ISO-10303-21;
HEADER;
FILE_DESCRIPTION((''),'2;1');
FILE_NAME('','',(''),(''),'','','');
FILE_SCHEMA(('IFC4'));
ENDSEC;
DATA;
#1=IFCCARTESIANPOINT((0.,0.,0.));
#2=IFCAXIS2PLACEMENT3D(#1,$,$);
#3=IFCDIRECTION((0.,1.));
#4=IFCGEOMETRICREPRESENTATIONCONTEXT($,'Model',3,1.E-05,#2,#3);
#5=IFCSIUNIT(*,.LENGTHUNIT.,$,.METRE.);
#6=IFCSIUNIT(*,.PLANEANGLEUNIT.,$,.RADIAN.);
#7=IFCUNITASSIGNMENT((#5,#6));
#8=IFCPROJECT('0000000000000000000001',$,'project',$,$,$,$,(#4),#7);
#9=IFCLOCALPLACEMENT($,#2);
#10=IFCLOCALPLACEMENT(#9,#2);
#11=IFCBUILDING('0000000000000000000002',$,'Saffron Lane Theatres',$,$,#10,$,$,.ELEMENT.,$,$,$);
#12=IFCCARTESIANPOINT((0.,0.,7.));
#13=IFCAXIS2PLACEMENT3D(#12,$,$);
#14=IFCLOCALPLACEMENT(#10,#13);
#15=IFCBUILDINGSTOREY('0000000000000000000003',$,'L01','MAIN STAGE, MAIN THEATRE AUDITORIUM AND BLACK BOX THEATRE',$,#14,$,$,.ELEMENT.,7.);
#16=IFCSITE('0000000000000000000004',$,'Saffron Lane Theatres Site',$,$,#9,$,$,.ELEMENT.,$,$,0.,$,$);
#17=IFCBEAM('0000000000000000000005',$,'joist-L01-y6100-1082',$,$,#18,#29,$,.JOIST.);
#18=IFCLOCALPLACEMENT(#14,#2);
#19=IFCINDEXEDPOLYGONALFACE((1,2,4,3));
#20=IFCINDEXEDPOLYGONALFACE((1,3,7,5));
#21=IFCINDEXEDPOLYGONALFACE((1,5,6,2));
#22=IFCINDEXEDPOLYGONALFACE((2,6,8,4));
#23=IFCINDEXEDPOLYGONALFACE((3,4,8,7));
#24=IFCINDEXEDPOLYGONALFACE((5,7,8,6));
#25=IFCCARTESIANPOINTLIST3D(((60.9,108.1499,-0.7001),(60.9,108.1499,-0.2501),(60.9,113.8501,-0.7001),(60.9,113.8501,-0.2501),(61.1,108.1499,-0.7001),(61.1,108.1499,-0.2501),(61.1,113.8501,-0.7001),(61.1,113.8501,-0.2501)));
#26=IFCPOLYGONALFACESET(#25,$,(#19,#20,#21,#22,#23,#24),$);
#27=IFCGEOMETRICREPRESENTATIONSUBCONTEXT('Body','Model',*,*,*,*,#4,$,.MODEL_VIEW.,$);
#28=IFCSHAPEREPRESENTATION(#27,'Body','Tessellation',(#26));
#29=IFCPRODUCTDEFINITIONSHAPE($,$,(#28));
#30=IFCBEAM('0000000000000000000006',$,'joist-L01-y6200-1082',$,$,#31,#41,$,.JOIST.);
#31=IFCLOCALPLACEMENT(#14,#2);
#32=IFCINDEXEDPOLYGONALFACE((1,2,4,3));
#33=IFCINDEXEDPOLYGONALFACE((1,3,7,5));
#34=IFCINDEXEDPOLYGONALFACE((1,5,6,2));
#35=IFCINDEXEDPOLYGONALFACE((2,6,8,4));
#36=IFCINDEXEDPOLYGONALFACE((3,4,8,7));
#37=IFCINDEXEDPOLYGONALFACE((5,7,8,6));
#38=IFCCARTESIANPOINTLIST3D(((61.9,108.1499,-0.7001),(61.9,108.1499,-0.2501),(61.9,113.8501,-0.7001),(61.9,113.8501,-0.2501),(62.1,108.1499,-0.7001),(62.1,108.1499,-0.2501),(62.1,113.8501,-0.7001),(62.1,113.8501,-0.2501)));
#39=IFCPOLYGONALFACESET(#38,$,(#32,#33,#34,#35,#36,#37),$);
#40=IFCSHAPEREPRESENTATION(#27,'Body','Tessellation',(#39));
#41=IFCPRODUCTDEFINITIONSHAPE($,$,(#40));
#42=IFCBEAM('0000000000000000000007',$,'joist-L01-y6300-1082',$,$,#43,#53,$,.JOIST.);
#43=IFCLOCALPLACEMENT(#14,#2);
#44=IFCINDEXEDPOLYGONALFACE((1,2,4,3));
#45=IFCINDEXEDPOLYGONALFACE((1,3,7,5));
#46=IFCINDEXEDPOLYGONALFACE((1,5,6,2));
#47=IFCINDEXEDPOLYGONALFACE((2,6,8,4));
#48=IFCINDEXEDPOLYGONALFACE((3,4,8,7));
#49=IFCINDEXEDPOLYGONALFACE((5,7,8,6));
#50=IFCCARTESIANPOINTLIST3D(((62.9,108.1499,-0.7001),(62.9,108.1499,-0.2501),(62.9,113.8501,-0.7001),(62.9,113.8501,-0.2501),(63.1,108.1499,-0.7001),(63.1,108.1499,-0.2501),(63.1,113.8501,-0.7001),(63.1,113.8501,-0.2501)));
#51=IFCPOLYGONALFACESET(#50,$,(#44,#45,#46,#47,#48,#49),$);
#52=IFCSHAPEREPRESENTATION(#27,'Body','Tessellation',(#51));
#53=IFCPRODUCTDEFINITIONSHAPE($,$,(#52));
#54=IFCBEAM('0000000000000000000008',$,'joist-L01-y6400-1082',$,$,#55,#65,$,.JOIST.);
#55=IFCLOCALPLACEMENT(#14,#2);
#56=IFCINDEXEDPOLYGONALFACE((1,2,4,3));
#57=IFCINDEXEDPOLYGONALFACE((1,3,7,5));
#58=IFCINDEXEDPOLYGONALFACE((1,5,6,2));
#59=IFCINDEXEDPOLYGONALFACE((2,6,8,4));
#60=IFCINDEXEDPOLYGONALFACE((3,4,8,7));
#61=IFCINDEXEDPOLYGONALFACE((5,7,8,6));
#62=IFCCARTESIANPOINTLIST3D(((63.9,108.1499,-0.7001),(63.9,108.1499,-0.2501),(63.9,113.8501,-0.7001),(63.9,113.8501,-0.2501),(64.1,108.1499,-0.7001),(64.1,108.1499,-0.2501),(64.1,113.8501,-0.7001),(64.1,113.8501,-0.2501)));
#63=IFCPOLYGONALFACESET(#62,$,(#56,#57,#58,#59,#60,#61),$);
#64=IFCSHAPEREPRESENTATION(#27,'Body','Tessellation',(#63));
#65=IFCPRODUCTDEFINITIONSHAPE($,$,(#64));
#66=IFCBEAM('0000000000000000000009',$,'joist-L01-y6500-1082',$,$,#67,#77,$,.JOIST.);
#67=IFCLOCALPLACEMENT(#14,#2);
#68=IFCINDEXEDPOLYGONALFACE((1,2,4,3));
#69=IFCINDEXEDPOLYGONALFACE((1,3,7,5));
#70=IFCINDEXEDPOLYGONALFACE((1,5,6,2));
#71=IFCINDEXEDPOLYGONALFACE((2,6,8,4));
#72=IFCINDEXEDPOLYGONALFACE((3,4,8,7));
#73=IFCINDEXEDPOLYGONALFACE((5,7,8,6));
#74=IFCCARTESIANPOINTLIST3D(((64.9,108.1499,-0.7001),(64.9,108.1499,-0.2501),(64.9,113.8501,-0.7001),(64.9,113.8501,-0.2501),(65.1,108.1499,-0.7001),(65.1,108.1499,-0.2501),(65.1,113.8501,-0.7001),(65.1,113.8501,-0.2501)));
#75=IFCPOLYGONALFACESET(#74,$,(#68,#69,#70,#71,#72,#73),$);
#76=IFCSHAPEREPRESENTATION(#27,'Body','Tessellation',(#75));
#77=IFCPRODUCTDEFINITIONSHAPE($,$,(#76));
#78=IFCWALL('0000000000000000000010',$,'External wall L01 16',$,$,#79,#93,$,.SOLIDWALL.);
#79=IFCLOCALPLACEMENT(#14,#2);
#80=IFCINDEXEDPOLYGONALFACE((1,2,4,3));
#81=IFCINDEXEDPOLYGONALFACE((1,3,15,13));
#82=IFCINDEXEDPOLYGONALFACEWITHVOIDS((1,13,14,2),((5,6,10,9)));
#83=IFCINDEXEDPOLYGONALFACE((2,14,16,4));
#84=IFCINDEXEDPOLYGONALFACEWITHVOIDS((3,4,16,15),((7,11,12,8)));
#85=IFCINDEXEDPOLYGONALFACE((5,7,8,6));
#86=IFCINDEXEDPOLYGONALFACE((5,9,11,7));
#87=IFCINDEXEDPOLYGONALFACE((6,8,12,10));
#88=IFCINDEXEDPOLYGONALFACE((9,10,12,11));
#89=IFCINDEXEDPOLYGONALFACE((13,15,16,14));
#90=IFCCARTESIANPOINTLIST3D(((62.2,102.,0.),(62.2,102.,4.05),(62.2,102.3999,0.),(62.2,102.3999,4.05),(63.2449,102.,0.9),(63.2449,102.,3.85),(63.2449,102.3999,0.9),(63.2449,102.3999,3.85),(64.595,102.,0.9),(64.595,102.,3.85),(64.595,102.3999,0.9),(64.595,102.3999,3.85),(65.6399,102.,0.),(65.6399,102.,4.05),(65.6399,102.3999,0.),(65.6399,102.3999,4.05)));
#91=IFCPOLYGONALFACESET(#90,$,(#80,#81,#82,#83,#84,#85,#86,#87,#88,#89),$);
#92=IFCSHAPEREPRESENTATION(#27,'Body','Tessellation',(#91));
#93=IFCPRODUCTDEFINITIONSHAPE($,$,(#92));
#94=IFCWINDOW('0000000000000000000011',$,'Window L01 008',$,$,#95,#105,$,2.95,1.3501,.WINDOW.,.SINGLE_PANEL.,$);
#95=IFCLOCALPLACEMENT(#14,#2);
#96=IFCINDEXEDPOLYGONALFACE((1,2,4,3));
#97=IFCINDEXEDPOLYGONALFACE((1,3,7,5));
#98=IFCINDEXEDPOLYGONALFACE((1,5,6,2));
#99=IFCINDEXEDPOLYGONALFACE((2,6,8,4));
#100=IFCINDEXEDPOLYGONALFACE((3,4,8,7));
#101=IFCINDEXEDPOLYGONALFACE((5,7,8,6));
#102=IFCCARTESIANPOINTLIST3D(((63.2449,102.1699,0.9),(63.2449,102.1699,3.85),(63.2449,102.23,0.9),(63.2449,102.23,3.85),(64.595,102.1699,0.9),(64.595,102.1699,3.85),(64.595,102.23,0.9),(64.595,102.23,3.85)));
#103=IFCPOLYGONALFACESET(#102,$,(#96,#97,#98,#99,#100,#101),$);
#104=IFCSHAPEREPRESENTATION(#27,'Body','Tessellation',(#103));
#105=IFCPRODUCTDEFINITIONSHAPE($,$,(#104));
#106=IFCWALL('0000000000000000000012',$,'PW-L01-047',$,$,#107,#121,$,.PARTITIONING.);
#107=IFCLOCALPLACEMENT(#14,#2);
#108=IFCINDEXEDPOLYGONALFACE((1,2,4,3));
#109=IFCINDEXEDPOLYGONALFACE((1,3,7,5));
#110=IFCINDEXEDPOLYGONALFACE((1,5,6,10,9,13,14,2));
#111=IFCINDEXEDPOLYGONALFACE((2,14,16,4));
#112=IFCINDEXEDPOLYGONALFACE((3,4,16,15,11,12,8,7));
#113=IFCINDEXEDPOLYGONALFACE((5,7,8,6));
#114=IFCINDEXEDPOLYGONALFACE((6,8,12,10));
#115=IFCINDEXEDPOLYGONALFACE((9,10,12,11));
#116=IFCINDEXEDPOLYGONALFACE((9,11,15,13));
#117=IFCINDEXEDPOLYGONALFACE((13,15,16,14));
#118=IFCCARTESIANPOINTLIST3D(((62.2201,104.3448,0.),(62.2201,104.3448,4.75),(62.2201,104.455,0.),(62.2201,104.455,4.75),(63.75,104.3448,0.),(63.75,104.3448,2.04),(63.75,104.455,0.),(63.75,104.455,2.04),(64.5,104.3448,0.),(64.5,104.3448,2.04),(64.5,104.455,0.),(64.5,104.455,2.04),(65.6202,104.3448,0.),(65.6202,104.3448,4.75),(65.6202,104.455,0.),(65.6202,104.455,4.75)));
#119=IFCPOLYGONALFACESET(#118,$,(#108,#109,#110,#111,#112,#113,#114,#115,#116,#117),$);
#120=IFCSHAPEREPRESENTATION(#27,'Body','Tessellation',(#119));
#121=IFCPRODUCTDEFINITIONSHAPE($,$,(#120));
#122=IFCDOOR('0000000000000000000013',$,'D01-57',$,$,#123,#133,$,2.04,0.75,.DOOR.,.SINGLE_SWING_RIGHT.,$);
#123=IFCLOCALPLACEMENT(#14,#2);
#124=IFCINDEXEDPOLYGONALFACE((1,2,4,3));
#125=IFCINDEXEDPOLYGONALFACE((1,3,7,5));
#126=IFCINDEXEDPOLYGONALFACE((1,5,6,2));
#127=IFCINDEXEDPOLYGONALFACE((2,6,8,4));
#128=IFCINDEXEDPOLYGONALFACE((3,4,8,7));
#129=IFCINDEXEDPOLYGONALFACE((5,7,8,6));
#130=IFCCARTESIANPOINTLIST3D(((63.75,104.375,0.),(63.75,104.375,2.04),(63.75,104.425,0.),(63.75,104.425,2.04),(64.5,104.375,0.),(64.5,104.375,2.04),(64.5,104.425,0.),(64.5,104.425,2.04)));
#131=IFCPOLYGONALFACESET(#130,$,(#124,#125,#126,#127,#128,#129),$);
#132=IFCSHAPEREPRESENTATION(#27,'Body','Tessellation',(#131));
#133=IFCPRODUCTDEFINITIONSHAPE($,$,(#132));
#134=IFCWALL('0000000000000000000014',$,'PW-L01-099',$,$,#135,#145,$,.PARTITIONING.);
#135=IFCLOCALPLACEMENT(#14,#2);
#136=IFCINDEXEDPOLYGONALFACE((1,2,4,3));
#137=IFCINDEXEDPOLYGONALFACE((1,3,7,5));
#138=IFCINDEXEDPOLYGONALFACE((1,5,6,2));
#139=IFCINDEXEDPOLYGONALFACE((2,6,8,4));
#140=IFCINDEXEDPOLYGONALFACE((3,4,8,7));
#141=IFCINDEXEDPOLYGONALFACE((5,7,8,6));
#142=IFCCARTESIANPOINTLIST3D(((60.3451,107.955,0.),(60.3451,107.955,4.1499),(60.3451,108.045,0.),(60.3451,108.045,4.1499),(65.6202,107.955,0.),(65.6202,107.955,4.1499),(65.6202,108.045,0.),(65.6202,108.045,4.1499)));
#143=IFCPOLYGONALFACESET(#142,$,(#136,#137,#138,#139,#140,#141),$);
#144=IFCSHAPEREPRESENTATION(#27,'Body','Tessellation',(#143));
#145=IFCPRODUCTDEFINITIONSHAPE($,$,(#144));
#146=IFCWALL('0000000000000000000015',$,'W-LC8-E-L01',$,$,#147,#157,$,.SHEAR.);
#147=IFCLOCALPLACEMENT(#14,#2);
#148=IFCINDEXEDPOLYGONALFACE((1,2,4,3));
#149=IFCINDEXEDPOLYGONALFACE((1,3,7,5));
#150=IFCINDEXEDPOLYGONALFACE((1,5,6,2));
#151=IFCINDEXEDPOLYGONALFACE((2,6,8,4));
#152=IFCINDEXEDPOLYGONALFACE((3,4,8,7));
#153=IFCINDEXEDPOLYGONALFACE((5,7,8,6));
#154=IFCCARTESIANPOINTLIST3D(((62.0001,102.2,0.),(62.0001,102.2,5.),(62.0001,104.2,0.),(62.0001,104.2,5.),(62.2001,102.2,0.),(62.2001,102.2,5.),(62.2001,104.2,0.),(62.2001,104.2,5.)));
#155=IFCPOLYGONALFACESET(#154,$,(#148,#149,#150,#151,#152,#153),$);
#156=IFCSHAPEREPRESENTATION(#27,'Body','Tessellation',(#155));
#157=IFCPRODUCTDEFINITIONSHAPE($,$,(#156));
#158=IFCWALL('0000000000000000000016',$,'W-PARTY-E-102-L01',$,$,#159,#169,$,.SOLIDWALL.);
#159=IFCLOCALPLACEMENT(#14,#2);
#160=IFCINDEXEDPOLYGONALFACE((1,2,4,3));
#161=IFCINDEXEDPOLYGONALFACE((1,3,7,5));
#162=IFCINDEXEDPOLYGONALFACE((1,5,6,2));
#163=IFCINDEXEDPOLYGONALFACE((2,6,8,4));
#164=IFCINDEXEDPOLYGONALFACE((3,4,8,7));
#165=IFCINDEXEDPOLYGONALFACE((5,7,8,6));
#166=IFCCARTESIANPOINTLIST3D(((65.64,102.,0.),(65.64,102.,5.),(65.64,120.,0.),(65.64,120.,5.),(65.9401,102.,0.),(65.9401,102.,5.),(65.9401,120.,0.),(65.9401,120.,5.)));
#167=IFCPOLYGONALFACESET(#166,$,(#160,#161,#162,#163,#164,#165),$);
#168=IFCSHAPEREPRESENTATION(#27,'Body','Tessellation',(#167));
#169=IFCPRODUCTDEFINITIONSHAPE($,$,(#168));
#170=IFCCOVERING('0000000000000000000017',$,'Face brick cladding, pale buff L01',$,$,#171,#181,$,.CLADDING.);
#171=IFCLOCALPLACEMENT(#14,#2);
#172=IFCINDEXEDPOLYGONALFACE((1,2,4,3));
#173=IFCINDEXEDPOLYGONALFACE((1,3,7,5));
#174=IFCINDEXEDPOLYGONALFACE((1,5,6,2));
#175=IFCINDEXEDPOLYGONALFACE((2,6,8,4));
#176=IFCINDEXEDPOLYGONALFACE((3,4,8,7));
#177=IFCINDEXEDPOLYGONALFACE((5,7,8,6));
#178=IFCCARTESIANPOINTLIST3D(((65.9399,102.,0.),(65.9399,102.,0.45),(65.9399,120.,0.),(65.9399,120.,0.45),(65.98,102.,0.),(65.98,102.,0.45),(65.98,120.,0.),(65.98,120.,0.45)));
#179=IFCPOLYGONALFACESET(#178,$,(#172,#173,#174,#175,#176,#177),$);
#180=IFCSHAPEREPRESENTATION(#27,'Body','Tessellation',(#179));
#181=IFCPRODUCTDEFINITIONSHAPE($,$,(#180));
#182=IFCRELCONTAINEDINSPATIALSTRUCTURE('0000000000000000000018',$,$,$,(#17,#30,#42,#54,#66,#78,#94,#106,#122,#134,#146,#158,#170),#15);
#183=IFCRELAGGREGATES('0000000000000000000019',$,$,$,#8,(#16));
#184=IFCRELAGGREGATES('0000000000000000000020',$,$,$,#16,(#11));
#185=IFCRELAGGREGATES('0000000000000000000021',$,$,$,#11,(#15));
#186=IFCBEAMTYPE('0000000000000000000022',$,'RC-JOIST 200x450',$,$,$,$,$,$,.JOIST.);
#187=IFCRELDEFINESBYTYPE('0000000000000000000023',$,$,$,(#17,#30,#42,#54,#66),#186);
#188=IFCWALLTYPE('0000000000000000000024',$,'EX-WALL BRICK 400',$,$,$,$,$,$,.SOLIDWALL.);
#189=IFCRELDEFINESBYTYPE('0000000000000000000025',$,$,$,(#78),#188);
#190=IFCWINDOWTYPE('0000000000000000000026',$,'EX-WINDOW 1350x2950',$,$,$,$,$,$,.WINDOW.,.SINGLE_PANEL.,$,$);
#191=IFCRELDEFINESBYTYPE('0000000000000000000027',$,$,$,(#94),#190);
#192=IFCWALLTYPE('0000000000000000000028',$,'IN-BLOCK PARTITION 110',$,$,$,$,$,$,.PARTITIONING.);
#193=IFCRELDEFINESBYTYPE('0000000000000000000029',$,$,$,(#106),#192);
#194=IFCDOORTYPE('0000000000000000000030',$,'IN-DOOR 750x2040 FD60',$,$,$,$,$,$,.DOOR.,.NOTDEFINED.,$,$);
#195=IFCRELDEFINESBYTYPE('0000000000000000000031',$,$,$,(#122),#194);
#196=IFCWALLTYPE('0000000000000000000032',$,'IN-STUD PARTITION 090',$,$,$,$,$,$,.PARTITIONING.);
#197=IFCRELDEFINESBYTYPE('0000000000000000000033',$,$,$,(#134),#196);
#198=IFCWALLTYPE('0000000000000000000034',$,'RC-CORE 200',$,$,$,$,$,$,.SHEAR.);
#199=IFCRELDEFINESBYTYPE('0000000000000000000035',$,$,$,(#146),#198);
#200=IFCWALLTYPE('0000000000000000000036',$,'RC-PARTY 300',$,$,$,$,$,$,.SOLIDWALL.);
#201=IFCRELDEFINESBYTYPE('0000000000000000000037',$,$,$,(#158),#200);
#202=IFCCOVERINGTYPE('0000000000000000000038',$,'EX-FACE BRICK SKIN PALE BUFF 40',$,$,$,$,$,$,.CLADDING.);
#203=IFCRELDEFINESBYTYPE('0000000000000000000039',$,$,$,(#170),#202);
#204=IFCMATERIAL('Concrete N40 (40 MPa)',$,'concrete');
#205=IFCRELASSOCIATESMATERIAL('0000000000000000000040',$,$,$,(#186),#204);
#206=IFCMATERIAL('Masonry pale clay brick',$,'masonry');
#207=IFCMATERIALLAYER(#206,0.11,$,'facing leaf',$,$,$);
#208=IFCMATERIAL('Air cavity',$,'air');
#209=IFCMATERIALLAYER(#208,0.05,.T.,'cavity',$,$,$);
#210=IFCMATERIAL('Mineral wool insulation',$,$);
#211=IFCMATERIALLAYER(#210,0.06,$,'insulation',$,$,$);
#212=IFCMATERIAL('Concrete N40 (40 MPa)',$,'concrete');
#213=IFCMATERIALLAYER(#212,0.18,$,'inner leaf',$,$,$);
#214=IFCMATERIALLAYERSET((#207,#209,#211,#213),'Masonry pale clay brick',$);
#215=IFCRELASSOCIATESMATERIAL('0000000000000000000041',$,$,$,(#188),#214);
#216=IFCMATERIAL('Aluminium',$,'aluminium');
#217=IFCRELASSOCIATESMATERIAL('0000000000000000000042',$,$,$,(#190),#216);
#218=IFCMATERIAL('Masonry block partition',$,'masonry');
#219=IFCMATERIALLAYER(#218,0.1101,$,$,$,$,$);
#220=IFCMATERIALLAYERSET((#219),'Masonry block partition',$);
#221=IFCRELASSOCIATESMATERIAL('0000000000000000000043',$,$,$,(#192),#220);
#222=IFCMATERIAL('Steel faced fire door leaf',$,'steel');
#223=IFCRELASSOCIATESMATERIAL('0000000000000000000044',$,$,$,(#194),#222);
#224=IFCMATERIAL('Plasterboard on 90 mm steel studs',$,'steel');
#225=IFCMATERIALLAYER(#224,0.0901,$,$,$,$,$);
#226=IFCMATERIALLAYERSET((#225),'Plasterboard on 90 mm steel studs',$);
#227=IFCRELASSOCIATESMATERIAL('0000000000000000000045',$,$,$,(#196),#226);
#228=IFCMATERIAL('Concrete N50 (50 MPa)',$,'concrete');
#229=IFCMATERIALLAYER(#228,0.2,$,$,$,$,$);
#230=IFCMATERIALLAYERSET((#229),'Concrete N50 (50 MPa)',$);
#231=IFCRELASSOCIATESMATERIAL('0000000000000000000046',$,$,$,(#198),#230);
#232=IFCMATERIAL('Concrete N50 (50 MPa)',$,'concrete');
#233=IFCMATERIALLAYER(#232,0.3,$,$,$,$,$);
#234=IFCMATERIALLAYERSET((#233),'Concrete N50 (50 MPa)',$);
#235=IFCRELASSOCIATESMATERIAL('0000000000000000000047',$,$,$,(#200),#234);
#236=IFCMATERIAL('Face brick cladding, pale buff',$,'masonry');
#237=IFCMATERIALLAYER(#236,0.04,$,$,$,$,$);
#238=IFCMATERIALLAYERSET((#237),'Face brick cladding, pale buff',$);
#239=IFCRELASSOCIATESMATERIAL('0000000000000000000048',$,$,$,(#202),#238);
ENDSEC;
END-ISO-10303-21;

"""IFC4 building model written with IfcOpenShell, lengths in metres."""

from ifc_helpers import new_model, si_unit, direction, frame, frame_2d, origin, origin_2d, place, context, subcontext, project, spatial, rectangle, extrude, material, layer, layer_set, material_profile, profile_set, type_object, element, fill, save


model = new_model("IFC4")

# Units and contexts
model_context = context("Model", 3, precision=1e-05, world=origin(), true_north=direction((0.0, 1.0)))
body_context = subcontext(model_context, "Body", "Model", "MODEL_VIEW")
ifc_project = project(units=[si_unit("LENGTHUNIT", "METRE"), si_unit("PLANEANGLEUNIT", "RADIAN")], contexts=[model_context])

# Site, building, storey
site_placement = place(None, origin())
site = spatial("IfcSite", under=ifc_project, at=site_placement, Name="Saffron Lane Theatres Site", CompositionType="ELEMENT", RefElevation=0.0)
building_placement = place(site_placement, origin())
building = spatial("IfcBuilding", under=site, at=building_placement, Name="Saffron Lane Theatres", CompositionType="ELEMENT")
storey_placement = place(building_placement, frame((0.0, 0.0, 7.0)))
storey = spatial("IfcBuildingStorey", under=building, at=storey_placement, Name="L01", Description="MAIN STAGE, MAIN THEATRE AUDITORIUM AND BLACK BOX THEATRE", CompositionType="ELEMENT", Elevation=7.0)

# Beams
ifc_material_1 = material(Name="Concrete N40 (40 MPa)", Category="concrete")
ifc_material_profile = material_profile(ifc_material_1, rectangle(XDim=0.2, YDim=0.45, at=origin_2d()))
ifc_profile_set = profile_set([ifc_material_profile], Name="Concrete N40 (40 MPa)")
beam_type = type_object("IfcBeamType", Name="RC-JOIST 200x450", PredefinedType="JOIST", material=ifc_profile_set)
for number, where, z_axis, x_axis, name in (
    (1, (61.0, 108.1499, -0.4751), (0.0, 1.0, 0.0), (-1.0, 0.0, 0.0), "joist-L01-y6100-1082"),
    (2, (62.0, 108.1499, -0.4751), (0.0, 1.0, 0.0), (-1.0, 0.0, 0.0), "joist-L01-y6200-1082"),
    (3, (63.0, 108.1499, -0.4751), (0.0, 1.0, 0.0), (-1.0, 0.0, 0.0), "joist-L01-y6300-1082"),
    (4, (64.0, 108.1499, -0.4751), (0.0, 1.0, 0.0), (-1.0, 0.0, 0.0), "joist-L01-y6400-1082"),
    (5, (65.0, 108.1499, -0.4751), (0.0, 1.0, 0.0), (-1.0, 0.0, 0.0), "joist-L01-y6500-1082"),
):
    element("IfcBeam", number, at=place(storey_placement, frame(where, z_axis=z_axis, x_axis=x_axis)), inside=storey, type_object=beam_type, Name=name, PredefinedType="JOIST", context=body_context, shape_type="SweptSolid", body=[
        extrude(rectangle(XDim=0.2, YDim=0.45, at=origin_2d()), origin(), (0.0, 0.0, 1.0), 5.7002),
    ])

# Wall, opening, window
ifc_material_2 = material(Name="Masonry pale clay brick", Category="masonry")
ifc_layer_1 = layer(ifc_material_2, 0.11, Name="facing leaf")
ifc_material_3 = material(Name="Air cavity", Category="air")
ifc_layer_2 = layer(ifc_material_3, 0.05, ventilated=True, Name="cavity")
ifc_material_4 = material(Name="Mineral wool insulation")
ifc_layer_3 = layer(ifc_material_4, 0.06, Name="insulation")
ifc_material_5 = material(Name="Concrete N40 (40 MPa)", Category="concrete")
ifc_layer_4 = layer(ifc_material_5, 0.18, Name="inner leaf")
ifc_layer_set_1 = layer_set([ifc_layer_1, ifc_layer_2, ifc_layer_3, ifc_layer_4], Name="Masonry pale clay brick")
wall_type_1 = type_object("IfcWallType", Name="EX-WALL BRICK 400", PredefinedType="SOLIDWALL", material=ifc_layer_set_1)
wall_1_placement = place(storey_placement, frame((65.6399, 102.2, 0.0), z_axis=(0.0, 0.0, 1.0), x_axis=(-1.0, 0.0, 0.0)))
wall_1 = element("IfcWall", 6, at=wall_1_placement, inside=storey, type_object=wall_type_1, Name="External wall L01 16", PredefinedType="SOLIDWALL", context=body_context, shape_type="SweptSolid", body=[
    extrude(rectangle(XDim=3.4399, YDim=0.3999, at=frame_2d((1.72, 0.0))), origin(), (0.0, 0.0, 1.0), 4.05),
])
opening_1_placement = place(wall_1_placement, frame((1.0449, 0.0, 0.8999)))
opening_1 = element("IfcOpeningElement", 7, at=opening_1_placement, cuts=wall_1, PredefinedType="OPENING", context=body_context, shape_type="SweptSolid", body=[
    extrude(rectangle(XDim=1.3501, YDim=2.95, at=frame_2d((0.675, 1.4751))), frame((0.0, 0.21, 0.0), z_axis=(0.0, -1.0, 0.0), x_axis=(1.0, 0.0, 0.0)), (0.0, 0.0, 1.0), 0.4199),
])
ifc_material_6 = material(Name="Aluminium", Category="aluminium")
window_type = type_object("IfcWindowType", Name="EX-WINDOW 1350x2950", PartitioningType="SINGLE_PANEL", PredefinedType="WINDOW", material=ifc_material_6)
window_placement = place(opening_1_placement, origin())
window = element("IfcWindow", 8, at=window_placement, inside=storey, type_object=window_type, Name="Window L01 008", OverallHeight=2.95, OverallWidth=1.3501, PartitioningType="SINGLE_PANEL", PredefinedType="WINDOW", context=body_context, shape_type="SweptSolid", body=[
    extrude(rectangle(XDim=1.3501, YDim=2.95, at=frame_2d((0.675, 1.4751))), frame((0.0, 0.03, 0.0), z_axis=(0.0, -1.0, 0.0), x_axis=(1.0, 0.0, 0.0)), (0.0, 0.0, 1.0), 0.0601),
])
fill(opening_1, window)

# Wall, opening, door
ifc_material_7 = material(Name="Masonry block partition", Category="masonry")
ifc_layer_5 = layer(ifc_material_7, 0.1101)
ifc_layer_set_2 = layer_set([ifc_layer_5], Name="Masonry block partition")
wall_type_2 = type_object("IfcWallType", Name="IN-BLOCK PARTITION 110", PredefinedType="PARTITIONING", material=ifc_layer_set_2)
wall_2_placement = place(storey_placement, frame((62.22, 104.3999, 0.0), z_axis=(0.0, 0.0, 1.0), x_axis=(1.0, 0.0, 0.0)))
wall_2 = element("IfcWall", 9, at=wall_2_placement, inside=storey, type_object=wall_type_2, Name="PW-L01-047", PredefinedType="PARTITIONING", context=body_context, shape_type="SweptSolid", body=[
    extrude(rectangle(XDim=3.4001, YDim=0.1101, at=frame_2d((1.7002, 0.0))), origin(), (0.0, 0.0, 1.0), 4.75),
])
opening_2_placement = place(wall_2_placement, frame((1.53, 0.0, 0.0)))
opening_2 = element("IfcOpeningElement", 10, at=opening_2_placement, cuts=wall_2, PredefinedType="OPENING", context=body_context, shape_type="SweptSolid", body=[
    extrude(rectangle(XDim=0.75, YDim=2.04, at=frame_2d((0.375, 1.02))), frame((0.0, 0.0649, 0.0), z_axis=(0.0, -1.0, 0.0), x_axis=(1.0, 0.0, 0.0)), (0.0, 0.0, 1.0), 0.1301),
])
ifc_material_8 = material(Name="Steel faced fire door leaf", Category="steel")
door_type = type_object("IfcDoorType", Name="IN-DOOR 750x2040 FD60", OperationType="NOTDEFINED", PredefinedType="DOOR", material=ifc_material_8)
door_placement = place(opening_2_placement, frame((0.75, 0.0, 0.0), z_axis=(0.0, 0.0, 1.0), x_axis=(-1.0, 0.0, 0.0)))
door = element("IfcDoor", 11, at=door_placement, inside=storey, type_object=door_type, Name="D01-57", OperationType="SINGLE_SWING_RIGHT", OverallHeight=2.04, OverallWidth=0.75, PredefinedType="DOOR", context=body_context, shape_type="SweptSolid", body=[
    extrude(rectangle(XDim=0.75, YDim=2.04, at=frame_2d((0.375, 1.02))), frame((0.0, 0.0249, 0.0), z_axis=(0.0, -1.0, 0.0), x_axis=(1.0, 0.0, 0.0)), (0.0, 0.0, 1.0), 0.05),
])
fill(opening_2, door)

# Walls
ifc_material_9 = material(Name="Plasterboard on 90 mm steel studs", Category="steel")
ifc_layer_6 = layer(ifc_material_9, 0.0901)
ifc_layer_set_3 = layer_set([ifc_layer_6], Name="Plasterboard on 90 mm steel studs")
wall_type_3 = type_object("IfcWallType", Name="IN-STUD PARTITION 090", PredefinedType="PARTITIONING", material=ifc_layer_set_3)
wall_3_placement = place(storey_placement, frame((60.345, 108.0, 0.0), z_axis=(0.0, 0.0, 1.0), x_axis=(1.0, 0.0, 0.0)))
element("IfcWall", 12, at=wall_3_placement, inside=storey, type_object=wall_type_3, Name="PW-L01-099", PredefinedType="PARTITIONING", context=body_context, shape_type="SweptSolid", body=[
    extrude(rectangle(XDim=5.2751, YDim=0.0901, at=frame_2d((2.6377, 0.0))), origin(), (0.0, 0.0, 1.0), 4.1499),
])
ifc_material_10 = material(Name="Concrete N50 (50 MPa)", Category="concrete")
ifc_layer_7 = layer(ifc_material_10, 0.2)
ifc_layer_set_4 = layer_set([ifc_layer_7], Name="Concrete N50 (50 MPa)")
wall_type_4 = type_object("IfcWallType", Name="RC-CORE 200", PredefinedType="SHEAR", material=ifc_layer_set_4)
wall_4_placement = place(storey_placement, frame((62.1001, 102.2, 0.0), z_axis=(0.0, 0.0, 1.0), x_axis=(0.0, 1.0, 0.0)))
element("IfcWall", 13, at=wall_4_placement, inside=storey, type_object=wall_type_4, Name="W-LC8-E-L01", PredefinedType="SHEAR", context=body_context, shape_type="SweptSolid", body=[
    extrude(rectangle(XDim=2.0, YDim=0.2, at=frame_2d((1.0, 0.0))), origin(), (0.0, 0.0, 1.0), 5.0),
])
ifc_material_11 = material(Name="Concrete N50 (50 MPa)", Category="concrete")
ifc_layer_8 = layer(ifc_material_11, 0.3)
ifc_layer_set_5 = layer_set([ifc_layer_8], Name="Concrete N50 (50 MPa)")
wall_type_5 = type_object("IfcWallType", Name="RC-PARTY 300", PredefinedType="SOLIDWALL", material=ifc_layer_set_5)
wall_5_placement = place(storey_placement, frame((65.79, 102.0, 0.0), z_axis=(0.0, 0.0, 1.0), x_axis=(0.0, 1.0, 0.0)))
element("IfcWall", 14, at=wall_5_placement, inside=storey, type_object=wall_type_5, Name="W-PARTY-E-102-L01", PredefinedType="SOLIDWALL", context=body_context, shape_type="SweptSolid", body=[
    extrude(rectangle(XDim=18.0, YDim=0.3, at=frame_2d((9.0, 0.0))), origin(), (0.0, 0.0, 1.0), 5.0),
])

# Covering
ifc_material_12 = material(Name="Face brick cladding, pale buff", Category="masonry")
ifc_layer_9 = layer(ifc_material_12, 0.04)
ifc_layer_set_6 = layer_set([ifc_layer_9], Name="Face brick cladding, pale buff")
covering_type_1 = type_object("IfcCoveringType", Name="EX-FACE BRICK SKIN PALE BUFF 40", PredefinedType="CLADDING", material=ifc_layer_set_6)
covering_1_placement = place(storey_placement, frame((65.96, 111.0, 0.0), z_axis=(0.0, 0.0, 1.0), x_axis=(0.0, 1.0, 0.0)))
element("IfcCovering", 15, at=covering_1_placement, inside=storey, type_object=covering_type_1, Name="Face brick cladding, pale buff L01", PredefinedType="CLADDING", context=body_context, shape_type="SweptSolid", body=[
    extrude(rectangle(XDim=18.0, YDim=0.04, at=origin_2d()), origin(), (0.0, 0.0, 1.0), 0.45),
])

save(model, "model.ifc")
